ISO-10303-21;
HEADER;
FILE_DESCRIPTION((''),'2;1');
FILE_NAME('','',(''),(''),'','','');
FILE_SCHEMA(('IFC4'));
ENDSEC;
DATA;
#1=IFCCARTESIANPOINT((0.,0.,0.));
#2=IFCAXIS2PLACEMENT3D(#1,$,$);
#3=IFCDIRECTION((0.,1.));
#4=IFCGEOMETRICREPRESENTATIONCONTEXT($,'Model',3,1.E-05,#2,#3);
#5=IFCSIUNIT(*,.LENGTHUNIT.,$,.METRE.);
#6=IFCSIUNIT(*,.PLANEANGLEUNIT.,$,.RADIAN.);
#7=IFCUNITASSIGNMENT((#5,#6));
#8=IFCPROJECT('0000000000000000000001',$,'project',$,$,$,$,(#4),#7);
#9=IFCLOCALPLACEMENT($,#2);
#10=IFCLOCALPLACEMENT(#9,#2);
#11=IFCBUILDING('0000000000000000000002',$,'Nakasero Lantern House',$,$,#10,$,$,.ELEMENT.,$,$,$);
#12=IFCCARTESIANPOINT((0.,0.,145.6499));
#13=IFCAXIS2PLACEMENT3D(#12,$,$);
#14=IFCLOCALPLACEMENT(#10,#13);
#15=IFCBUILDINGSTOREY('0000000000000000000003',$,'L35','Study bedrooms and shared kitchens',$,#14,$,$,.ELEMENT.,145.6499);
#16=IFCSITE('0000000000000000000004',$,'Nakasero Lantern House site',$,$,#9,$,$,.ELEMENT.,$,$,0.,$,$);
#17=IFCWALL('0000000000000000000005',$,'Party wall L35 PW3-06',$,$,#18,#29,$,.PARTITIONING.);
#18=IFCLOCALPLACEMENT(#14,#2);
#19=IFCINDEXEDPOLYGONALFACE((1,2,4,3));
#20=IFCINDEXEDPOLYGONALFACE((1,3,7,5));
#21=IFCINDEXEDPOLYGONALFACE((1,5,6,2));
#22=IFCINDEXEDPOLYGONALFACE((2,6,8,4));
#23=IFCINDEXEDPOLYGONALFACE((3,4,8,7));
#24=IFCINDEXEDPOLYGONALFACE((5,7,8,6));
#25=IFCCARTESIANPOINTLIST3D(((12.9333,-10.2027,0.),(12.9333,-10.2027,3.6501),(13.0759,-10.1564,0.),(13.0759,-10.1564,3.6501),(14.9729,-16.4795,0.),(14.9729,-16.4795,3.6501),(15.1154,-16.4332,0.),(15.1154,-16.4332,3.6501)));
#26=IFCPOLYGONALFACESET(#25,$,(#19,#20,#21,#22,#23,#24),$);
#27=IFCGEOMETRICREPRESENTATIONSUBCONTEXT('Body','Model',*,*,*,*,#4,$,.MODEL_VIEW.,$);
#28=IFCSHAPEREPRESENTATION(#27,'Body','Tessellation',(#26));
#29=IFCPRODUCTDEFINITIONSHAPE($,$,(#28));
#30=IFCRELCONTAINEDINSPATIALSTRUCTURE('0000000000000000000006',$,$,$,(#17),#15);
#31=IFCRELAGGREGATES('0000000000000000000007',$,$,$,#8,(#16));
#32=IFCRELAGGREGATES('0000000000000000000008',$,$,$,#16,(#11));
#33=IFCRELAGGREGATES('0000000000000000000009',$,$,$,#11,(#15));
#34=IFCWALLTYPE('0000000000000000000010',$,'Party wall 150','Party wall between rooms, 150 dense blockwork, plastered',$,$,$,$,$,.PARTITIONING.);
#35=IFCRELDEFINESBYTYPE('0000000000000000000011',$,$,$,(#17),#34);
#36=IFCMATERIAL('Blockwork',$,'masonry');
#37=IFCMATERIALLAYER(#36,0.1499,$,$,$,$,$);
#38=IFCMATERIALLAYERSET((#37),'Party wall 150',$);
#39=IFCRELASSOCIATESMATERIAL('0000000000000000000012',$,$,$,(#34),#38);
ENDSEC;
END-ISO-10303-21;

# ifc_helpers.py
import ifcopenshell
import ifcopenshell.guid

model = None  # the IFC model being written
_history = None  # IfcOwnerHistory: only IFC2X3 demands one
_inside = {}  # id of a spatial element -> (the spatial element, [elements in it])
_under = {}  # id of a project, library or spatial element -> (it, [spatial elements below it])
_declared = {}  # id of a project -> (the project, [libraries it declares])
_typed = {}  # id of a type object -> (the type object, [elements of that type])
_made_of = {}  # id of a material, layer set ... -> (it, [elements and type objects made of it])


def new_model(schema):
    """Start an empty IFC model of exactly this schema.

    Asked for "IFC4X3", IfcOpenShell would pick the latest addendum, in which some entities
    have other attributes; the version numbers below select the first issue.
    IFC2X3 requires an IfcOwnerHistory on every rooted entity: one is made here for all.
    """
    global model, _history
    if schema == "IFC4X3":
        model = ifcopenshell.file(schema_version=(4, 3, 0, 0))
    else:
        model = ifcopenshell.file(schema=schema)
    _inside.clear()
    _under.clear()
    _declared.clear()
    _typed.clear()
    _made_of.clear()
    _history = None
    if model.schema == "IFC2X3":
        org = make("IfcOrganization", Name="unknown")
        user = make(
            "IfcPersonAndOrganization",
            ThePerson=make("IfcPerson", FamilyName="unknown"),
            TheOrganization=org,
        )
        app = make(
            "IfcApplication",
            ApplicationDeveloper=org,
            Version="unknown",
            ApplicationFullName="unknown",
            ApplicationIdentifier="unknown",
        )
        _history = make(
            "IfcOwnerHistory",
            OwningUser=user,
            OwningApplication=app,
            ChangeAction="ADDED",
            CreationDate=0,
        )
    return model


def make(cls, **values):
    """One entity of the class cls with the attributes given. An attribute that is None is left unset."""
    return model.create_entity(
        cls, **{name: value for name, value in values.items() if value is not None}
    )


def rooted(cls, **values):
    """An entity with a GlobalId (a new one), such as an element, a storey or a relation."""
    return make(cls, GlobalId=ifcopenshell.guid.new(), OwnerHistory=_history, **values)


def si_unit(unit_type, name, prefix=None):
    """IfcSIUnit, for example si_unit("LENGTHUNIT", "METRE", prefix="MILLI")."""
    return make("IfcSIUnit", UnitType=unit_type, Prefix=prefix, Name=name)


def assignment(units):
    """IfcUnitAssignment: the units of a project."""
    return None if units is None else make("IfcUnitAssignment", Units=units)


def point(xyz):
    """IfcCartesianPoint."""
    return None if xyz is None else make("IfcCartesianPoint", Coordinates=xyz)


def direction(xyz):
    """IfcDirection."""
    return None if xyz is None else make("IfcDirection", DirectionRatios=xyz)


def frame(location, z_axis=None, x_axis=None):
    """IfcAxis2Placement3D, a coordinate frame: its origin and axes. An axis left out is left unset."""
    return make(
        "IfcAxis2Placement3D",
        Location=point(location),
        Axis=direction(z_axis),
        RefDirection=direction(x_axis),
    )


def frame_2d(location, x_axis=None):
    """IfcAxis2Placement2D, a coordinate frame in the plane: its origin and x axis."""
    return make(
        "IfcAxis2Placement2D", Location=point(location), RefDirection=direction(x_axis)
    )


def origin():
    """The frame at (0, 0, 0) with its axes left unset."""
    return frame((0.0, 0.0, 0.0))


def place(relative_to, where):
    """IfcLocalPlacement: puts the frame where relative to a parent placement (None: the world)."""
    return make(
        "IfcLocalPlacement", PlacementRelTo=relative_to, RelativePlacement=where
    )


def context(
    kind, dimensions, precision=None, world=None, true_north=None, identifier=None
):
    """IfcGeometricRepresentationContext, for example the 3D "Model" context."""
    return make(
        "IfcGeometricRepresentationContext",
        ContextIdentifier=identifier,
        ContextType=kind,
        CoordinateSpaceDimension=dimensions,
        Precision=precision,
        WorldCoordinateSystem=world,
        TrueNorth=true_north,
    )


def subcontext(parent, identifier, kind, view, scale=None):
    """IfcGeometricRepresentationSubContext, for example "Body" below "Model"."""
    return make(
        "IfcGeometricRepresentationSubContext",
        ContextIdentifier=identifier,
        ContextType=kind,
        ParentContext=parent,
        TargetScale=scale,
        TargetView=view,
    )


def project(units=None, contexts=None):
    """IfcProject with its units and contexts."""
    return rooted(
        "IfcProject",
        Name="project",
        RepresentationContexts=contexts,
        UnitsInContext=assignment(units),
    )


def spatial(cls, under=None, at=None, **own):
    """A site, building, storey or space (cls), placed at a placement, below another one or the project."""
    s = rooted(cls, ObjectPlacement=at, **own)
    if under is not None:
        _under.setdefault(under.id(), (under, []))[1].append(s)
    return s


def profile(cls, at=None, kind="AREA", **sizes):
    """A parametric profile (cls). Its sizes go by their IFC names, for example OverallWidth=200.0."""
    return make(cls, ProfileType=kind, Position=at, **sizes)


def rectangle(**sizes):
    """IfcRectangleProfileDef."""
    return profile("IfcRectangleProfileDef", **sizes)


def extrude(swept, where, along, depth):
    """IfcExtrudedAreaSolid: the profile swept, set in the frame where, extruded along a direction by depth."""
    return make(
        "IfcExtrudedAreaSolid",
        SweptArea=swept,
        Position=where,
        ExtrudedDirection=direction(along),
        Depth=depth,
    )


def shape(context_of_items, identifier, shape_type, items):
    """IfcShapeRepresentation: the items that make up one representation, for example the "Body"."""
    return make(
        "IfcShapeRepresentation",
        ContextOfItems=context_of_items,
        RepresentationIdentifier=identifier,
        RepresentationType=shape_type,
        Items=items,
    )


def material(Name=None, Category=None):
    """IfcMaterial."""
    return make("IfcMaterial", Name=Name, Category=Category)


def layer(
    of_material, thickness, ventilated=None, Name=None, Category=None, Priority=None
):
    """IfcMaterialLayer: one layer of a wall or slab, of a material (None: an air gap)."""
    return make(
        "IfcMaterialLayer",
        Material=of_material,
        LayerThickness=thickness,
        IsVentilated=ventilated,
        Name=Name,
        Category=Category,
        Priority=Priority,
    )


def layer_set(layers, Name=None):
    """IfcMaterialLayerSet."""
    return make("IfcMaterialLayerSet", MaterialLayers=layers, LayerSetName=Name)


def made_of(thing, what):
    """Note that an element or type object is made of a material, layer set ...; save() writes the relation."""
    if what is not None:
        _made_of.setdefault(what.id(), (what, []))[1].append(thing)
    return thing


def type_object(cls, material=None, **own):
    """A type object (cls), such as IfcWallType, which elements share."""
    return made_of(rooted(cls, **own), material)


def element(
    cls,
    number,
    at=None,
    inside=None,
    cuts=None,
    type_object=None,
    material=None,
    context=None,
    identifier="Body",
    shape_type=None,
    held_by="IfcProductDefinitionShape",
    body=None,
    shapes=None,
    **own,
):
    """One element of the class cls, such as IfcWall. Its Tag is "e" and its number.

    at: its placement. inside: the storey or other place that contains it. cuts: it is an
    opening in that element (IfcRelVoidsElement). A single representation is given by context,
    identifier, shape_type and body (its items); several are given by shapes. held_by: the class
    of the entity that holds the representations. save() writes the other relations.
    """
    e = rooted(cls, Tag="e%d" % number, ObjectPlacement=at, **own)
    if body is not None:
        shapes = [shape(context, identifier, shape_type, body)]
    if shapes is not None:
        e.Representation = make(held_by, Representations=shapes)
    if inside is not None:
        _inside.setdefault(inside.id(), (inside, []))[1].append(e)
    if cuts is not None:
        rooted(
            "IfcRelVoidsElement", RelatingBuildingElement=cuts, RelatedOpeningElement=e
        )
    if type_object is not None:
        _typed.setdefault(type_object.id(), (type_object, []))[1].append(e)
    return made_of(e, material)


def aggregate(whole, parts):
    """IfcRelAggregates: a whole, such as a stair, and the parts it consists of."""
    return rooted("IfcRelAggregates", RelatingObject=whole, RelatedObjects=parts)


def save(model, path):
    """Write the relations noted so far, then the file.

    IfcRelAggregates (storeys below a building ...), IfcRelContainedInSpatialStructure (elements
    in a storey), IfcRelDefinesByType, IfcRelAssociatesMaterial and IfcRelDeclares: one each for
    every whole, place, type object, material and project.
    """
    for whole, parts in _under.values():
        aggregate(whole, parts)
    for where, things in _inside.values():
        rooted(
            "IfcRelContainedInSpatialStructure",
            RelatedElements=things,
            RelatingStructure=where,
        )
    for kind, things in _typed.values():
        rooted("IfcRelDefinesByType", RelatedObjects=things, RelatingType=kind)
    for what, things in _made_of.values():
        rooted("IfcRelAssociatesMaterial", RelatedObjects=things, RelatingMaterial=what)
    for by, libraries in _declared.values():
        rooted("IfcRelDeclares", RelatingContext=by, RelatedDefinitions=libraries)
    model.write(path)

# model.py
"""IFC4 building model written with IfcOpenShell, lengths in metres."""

from ifc_helpers import new_model, si_unit, direction, frame, frame_2d, origin, place, context, subcontext, project, spatial, rectangle, extrude, material, layer, layer_set, type_object, element, save


model = new_model("IFC4")

# Units and contexts
model_context = context("Model", 3, precision=1e-05, world=origin(), true_north=direction((0.0, 1.0)))
body_context = subcontext(model_context, "Body", "Model", "MODEL_VIEW")
ifc_project = project(units=[si_unit("LENGTHUNIT", "METRE"), si_unit("PLANEANGLEUNIT", "RADIAN")], contexts=[model_context])

# Site, building, storey
site_placement = place(None, origin())
site = spatial("IfcSite", under=ifc_project, at=site_placement, Name="Nakasero Lantern House site", CompositionType="ELEMENT", RefElevation=0.0)
building_placement = place(site_placement, origin())
building = spatial("IfcBuilding", under=site, at=building_placement, Name="Nakasero Lantern House", CompositionType="ELEMENT")
storey_placement = place(building_placement, frame((0.0, 0.0, 145.6499)))
storey = spatial("IfcBuildingStorey", under=building, at=storey_placement, Name="L35", Description="Study bedrooms and shared kitchens", CompositionType="ELEMENT", Elevation=145.6499)

# Wall
ifc_material_1 = material(Name="Blockwork", Category="masonry")
ifc_layer_1 = layer(ifc_material_1, 0.1499)
ifc_layer_set_1 = layer_set([ifc_layer_1], Name="Party wall 150")
wall_type_1 = type_object("IfcWallType", Name="Party wall 150", Description="Party wall between rooms, 150 dense blockwork, plastered", PredefinedType="PARTITIONING", material=ifc_layer_set_1)
wall_1_placement = place(storey_placement, frame((13.0046, -10.1797, 0.0), z_axis=(0.0, 0.0, 1.0), x_axis=(0.309028, -0.951053, 0.0)))
element("IfcWall", 1, at=wall_1_placement, inside=storey, type_object=wall_type_1, Name="Party wall L35 PW3-06", PredefinedType="PARTITIONING", context=body_context, shape_type="SweptSolid", body=[
    extrude(rectangle(XDim=6.5999, YDim=0.1499, at=frame_2d((3.2998, 0.0))), origin(), (0.0, 0.0, 1.0), 3.6501),
])

save(model, "model.ifc")
